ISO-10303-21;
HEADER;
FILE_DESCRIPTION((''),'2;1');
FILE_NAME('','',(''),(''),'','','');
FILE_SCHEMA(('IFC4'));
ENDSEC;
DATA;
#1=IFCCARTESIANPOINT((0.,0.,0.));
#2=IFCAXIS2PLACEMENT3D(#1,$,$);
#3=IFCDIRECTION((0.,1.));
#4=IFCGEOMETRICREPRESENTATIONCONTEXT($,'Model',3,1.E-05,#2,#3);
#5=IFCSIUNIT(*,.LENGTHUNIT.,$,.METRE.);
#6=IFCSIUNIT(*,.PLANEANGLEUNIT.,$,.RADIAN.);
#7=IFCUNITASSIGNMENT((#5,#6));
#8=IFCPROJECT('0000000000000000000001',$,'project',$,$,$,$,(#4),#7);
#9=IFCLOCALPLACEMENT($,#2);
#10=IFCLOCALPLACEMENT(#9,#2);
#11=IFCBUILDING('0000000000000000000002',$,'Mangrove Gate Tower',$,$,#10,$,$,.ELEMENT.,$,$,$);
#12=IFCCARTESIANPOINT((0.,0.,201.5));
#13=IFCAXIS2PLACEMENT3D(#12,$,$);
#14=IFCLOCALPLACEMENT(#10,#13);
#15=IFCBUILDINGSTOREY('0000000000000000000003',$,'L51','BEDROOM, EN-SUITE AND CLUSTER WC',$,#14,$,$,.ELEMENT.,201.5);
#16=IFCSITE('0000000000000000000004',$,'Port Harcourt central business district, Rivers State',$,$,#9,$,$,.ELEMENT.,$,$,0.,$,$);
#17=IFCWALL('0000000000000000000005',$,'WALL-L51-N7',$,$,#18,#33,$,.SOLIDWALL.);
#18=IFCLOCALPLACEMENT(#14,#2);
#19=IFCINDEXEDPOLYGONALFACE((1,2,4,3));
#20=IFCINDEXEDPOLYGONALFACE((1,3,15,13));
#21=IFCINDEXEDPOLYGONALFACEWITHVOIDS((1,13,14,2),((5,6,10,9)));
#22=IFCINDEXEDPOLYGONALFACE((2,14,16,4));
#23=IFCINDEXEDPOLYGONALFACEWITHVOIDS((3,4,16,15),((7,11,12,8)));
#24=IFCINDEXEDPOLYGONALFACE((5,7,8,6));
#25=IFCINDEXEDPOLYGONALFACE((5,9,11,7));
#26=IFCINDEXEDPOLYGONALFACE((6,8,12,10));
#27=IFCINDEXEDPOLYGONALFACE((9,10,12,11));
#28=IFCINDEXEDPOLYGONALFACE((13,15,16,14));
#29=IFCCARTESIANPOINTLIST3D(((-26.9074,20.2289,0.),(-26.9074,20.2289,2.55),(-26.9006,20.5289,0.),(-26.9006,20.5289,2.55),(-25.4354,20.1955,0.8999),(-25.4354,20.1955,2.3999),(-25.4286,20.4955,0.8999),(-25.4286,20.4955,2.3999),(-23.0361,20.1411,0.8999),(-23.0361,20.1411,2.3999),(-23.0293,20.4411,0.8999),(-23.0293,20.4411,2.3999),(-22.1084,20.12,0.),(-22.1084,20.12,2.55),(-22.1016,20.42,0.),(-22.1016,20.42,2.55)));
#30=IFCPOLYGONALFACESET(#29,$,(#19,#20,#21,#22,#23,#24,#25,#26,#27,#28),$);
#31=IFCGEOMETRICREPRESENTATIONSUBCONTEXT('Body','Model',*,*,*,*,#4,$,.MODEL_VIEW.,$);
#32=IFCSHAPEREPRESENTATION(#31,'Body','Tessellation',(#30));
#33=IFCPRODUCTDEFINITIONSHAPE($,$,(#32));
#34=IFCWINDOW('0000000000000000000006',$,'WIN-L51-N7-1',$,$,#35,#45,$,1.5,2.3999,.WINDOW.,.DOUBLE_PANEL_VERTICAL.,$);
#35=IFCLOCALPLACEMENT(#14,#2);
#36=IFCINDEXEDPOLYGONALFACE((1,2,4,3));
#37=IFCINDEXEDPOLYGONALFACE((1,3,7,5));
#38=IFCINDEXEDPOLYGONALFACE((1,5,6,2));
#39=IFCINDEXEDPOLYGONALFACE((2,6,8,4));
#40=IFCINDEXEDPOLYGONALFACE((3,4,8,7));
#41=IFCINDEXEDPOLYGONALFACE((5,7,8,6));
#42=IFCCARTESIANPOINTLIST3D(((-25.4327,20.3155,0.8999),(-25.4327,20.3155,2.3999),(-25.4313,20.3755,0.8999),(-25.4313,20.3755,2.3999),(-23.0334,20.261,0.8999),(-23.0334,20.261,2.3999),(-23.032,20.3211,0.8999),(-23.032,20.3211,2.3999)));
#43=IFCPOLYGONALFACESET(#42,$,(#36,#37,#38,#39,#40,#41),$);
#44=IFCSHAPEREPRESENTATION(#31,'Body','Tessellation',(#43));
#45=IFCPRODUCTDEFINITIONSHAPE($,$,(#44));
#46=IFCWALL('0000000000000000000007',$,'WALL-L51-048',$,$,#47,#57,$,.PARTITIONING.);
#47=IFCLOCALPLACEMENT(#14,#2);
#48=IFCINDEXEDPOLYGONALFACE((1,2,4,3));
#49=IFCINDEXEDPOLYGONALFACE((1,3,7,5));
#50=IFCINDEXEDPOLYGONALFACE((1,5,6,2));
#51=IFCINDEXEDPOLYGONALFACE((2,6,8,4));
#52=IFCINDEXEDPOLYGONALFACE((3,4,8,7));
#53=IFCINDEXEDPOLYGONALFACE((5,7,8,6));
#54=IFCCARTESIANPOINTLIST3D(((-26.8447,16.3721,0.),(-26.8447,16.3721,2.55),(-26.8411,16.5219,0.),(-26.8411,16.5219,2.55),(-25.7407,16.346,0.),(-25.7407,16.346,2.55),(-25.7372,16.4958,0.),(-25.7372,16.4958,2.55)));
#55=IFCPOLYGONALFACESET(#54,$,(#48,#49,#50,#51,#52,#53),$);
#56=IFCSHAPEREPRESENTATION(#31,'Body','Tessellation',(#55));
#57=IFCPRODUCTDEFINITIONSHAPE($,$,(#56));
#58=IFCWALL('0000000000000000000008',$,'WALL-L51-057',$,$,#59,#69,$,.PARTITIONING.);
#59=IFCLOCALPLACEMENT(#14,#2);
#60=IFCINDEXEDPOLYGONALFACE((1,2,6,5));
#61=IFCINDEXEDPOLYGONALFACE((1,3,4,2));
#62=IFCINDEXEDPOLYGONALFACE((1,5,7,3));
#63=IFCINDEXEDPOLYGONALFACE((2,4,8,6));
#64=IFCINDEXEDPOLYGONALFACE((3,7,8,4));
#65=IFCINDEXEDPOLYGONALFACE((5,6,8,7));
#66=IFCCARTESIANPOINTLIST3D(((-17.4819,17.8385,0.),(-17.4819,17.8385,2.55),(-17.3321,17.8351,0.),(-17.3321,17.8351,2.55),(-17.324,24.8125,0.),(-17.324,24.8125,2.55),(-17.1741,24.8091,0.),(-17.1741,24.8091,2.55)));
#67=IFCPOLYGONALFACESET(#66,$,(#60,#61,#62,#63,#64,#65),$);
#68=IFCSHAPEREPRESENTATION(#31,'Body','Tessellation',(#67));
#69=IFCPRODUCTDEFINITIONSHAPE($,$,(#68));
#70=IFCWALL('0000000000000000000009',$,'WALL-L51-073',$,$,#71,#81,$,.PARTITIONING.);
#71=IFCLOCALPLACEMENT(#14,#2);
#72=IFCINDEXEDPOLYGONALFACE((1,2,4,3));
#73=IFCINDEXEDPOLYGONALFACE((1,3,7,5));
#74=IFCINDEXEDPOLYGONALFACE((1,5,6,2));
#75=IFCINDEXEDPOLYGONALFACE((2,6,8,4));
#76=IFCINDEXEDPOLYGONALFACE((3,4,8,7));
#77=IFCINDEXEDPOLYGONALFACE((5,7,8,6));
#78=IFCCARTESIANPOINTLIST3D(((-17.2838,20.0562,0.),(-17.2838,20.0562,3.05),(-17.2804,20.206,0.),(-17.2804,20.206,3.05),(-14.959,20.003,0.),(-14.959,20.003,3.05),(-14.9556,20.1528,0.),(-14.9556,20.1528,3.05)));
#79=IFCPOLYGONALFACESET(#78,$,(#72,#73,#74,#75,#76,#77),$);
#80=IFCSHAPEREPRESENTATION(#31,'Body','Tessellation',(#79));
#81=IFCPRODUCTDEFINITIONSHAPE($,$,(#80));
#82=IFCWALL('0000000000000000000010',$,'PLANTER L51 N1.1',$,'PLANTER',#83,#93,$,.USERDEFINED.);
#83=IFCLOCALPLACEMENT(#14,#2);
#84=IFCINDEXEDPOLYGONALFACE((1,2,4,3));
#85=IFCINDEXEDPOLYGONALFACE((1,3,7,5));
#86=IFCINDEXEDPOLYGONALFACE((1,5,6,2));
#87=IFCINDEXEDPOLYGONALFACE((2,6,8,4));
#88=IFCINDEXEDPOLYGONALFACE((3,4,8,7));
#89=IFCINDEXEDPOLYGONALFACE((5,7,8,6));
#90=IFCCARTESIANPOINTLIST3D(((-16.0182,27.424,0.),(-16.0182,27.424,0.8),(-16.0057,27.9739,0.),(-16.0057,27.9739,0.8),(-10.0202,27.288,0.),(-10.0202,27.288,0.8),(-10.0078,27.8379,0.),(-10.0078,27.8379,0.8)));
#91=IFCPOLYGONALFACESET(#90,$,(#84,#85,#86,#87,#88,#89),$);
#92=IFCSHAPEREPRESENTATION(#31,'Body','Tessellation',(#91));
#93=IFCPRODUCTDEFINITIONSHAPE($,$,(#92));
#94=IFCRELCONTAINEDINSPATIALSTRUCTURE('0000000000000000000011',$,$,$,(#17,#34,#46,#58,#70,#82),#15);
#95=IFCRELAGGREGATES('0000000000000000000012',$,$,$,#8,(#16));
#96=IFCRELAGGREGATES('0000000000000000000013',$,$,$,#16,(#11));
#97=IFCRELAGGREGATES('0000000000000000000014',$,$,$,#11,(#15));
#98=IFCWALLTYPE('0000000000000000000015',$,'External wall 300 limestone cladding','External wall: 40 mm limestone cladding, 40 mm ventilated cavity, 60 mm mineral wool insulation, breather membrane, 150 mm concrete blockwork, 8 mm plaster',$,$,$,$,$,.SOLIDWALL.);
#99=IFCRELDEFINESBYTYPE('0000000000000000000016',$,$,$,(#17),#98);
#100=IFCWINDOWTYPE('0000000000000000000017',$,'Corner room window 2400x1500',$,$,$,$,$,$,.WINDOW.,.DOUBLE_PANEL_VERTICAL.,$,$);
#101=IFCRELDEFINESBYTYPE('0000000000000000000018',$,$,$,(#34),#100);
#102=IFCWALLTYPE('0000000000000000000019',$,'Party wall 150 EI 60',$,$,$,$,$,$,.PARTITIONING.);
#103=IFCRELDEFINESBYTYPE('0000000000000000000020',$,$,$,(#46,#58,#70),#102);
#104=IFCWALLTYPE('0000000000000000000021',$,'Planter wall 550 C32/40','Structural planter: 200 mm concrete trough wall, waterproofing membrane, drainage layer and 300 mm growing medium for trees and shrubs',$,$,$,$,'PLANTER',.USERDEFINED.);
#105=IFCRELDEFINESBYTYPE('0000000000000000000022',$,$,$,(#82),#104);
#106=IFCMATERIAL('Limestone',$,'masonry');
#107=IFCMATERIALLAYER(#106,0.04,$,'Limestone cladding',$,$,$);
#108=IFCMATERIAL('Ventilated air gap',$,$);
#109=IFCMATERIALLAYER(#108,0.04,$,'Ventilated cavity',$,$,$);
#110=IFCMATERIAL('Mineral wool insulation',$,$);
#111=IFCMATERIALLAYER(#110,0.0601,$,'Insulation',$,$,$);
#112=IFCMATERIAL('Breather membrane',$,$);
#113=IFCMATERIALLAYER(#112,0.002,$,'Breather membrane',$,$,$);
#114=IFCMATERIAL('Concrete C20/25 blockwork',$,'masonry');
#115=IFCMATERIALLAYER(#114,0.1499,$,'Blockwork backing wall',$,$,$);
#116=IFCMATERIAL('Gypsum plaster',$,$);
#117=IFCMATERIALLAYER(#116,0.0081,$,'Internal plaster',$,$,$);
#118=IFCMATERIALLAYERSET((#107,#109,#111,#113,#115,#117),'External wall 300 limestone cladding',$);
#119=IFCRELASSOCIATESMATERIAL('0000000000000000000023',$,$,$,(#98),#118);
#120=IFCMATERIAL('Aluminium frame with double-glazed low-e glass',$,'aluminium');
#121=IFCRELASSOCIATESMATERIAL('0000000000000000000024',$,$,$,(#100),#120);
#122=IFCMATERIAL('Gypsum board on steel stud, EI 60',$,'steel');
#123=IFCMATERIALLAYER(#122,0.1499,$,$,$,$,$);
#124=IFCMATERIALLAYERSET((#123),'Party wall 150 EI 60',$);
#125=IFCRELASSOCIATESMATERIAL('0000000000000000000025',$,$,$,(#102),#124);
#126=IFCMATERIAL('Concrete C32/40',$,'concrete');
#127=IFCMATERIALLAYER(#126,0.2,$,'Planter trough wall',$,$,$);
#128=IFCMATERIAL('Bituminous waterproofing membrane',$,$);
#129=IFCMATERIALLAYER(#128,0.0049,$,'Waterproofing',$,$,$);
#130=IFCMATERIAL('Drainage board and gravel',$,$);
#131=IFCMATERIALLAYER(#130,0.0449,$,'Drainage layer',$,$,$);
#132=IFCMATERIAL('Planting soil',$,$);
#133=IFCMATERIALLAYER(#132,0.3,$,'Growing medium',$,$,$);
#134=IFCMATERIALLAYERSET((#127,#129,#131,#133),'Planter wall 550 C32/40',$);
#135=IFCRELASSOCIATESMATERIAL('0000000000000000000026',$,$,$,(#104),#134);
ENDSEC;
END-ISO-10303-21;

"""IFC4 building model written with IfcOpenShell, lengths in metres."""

from ifc_helpers import new_model, si_unit, direction, frame, frame_2d, origin, place, context, subcontext, project, spatial, rectangle, extrude, material, layer, layer_set, type_object, element, fill, save


model = new_model("IFC4")

# Units and contexts
model_context = context("Model", 3, precision=1e-05, world=origin(), true_north=direction((0.0, 1.0)))
body_context = subcontext(model_context, "Body", "Model", "MODEL_VIEW")
ifc_project = project(units=[si_unit("LENGTHUNIT", "METRE"), si_unit("PLANEANGLEUNIT", "RADIAN")], contexts=[model_context])

# Site, building, storey
site_placement = place(None, origin())
site = spatial("IfcSite", under=ifc_project, at=site_placement, Name="Port Harcourt central business district, Rivers State", CompositionType="ELEMENT", RefElevation=0.0)
building_placement = place(site_placement, origin())
building = spatial("IfcBuilding", under=site, at=building_placement, Name="Mangrove Gate Tower", CompositionType="ELEMENT")
storey_placement = place(building_placement, frame((0.0, 0.0, 201.5)))
storey = spatial("IfcBuildingStorey", under=building, at=storey_placement, Name="L51", Description="BEDROOM, EN-SUITE AND CLUSTER WC", CompositionType="ELEMENT", Elevation=201.5)

# Wall, opening, window
ifc_material_1 = material(Name="Limestone", Category="masonry")
ifc_layer_1 = layer(ifc_material_1, 0.04, Name="Limestone cladding")
ifc_material_2 = material(Name="Ventilated air gap")
ifc_layer_2 = layer(ifc_material_2, 0.04, Name="Ventilated cavity")
ifc_material_3 = material(Name="Mineral wool insulation")
ifc_layer_3 = layer(ifc_material_3, 0.0601, Name="Insulation")
ifc_material_4 = material(Name="Breather membrane")
ifc_layer_4 = layer(ifc_material_4, 0.002, Name="Breather membrane")
ifc_material_5 = material(Name="Concrete C20/25 blockwork", Category="masonry")
ifc_layer_5 = layer(ifc_material_5, 0.1499, Name="Blockwork backing wall")
ifc_material_6 = material(Name="Gypsum plaster")
ifc_layer_6 = layer(ifc_material_6, 0.0081, Name="Internal plaster")
ifc_layer_set_1 = layer_set([ifc_layer_1, ifc_layer_2, ifc_layer_3, ifc_layer_4, ifc_layer_5, ifc_layer_6], Name="External wall 300 limestone cladding")
wall_type_1 = type_object("IfcWallType", Name="External wall 300 limestone cladding", Description="External wall: 40 mm limestone cladding, 40 mm ventilated cavity, 60 mm mineral wool insulation, breather membrane, 150 mm concrete blockwork, 8 mm plaster", PredefinedType="SOLIDWALL", material=ifc_layer_set_1)
ifc_material_7 = material(Name="Aluminium frame with double-glazed low-e glass", Category="aluminium")
window_type = type_object("IfcWindowType", Name="Corner room window 2400x1500", PartitioningType="DOUBLE_PANEL_VERTICAL", PredefinedType="WINDOW", material=ifc_material_7)
wall_1_placement = place(storey_placement, frame((-22.105, 20.27, 0.0), z_axis=(0.0, 0.0, 1.0), x_axis=(-0.999743, 0.022683, 0.0)))
wall_1 = element("IfcWall", 1, at=wall_1_placement, inside=storey, type_object=wall_type_1, Name="WALL-L51-N7", PredefinedType="SOLIDWALL", context=body_context, shape_type="SweptSolid", body=[
    extrude(rectangle(XDim=4.8003, YDim=0.3, at=frame_2d((2.4001, 0.0))), origin(), (0.0, 0.0, 1.0), 2.55),
])
opening_1_placement = place(wall_1_placement, frame((0.928, 0.0, 0.8999)))
opening_1 = element("IfcOpeningElement", 2, at=opening_1_placement, cuts=wall_1, PredefinedType="OPENING", context=body_context, shape_type="SweptSolid", body=[
    extrude(rectangle(XDim=2.3999, YDim=1.5, at=frame_2d((1.2, 0.75))), frame((0.0, 0.1599, 0.0), z_axis=(0.0, -1.0, 0.0), x_axis=(1.0, 0.0, 0.0)), (0.0, 0.0, 1.0), 0.3201),
])
window_1_placement = place(opening_1_placement, origin())
window_1 = element("IfcWindow", 3, at=window_1_placement, inside=storey, type_object=window_type, Name="WIN-L51-N7-1", OverallHeight=1.5, OverallWidth=2.3999, PartitioningType="DOUBLE_PANEL_VERTICAL", PredefinedType="WINDOW", context=body_context, shape_type="SweptSolid", body=[
    extrude(rectangle(XDim=2.3999, YDim=1.5, at=frame_2d((1.2, 0.75))), frame((0.0, 0.03, 0.0), z_axis=(0.0, -1.0, 0.0), x_axis=(1.0, 0.0, 0.0)), (0.0, 0.0, 1.0), 0.0601),
])
fill(opening_1, window_1)

# Walls
ifc_material_8 = material(Name="Gypsum board on steel stud, EI 60", Category="steel")
ifc_layer_7 = layer(ifc_material_8, 0.1499)
ifc_layer_set_2 = layer_set([ifc_layer_7], Name="Party wall 150 EI 60")
wall_type_2 = type_object("IfcWallType", Name="Party wall 150 EI 60", PredefinedType="PARTITIONING", material=ifc_layer_set_2)
wall_2_placement = place(storey_placement, frame((-26.843, 16.447, 0.0), z_axis=(0.0, 0.0, 1.0), x_axis=(0.99972, -0.023655, 0.0)))
element("IfcWall", 4, at=wall_2_placement, inside=storey, type_object=wall_type_2, Name="WALL-L51-048", PredefinedType="PARTITIONING", context=body_context, shape_type="SweptSolid", body=[
    extrude(rectangle(XDim=1.1042, YDim=0.1499, at=frame_2d((0.5522, 0.0))), origin(), (0.0, 0.0, 1.0), 2.55),
])
wall_3_placement = place(storey_placement, frame((-17.407, 17.8369, 0.0), z_axis=(0.0, 0.0, 1.0), x_axis=(0.022643, 0.999744, 0.0)))
element("IfcWall", 5, at=wall_3_placement, inside=storey, type_object=wall_type_2, Name="WALL-L51-057", PredefinedType="PARTITIONING", context=body_context, shape_type="SweptSolid", body=[
    extrude(rectangle(XDim=6.9758, YDim=0.1499, at=frame_2d((3.4878, 0.0))), origin(), (0.0, 0.0, 1.0), 2.55),
])
wall_4_placement = place(storey_placement, frame((-17.282, 20.1311, 0.0), z_axis=(0.0, 0.0, 1.0), x_axis=(0.999738, -0.022886, 0.0)))
element("IfcWall", 6, at=wall_4_placement, inside=storey, type_object=wall_type_2, Name="WALL-L51-073", PredefinedType="PARTITIONING", context=body_context, shape_type="SweptSolid", body=[
    extrude(rectangle(XDim=2.3254, YDim=0.1499, at=frame_2d((1.1626, 0.0))), origin(), (0.0, 0.0, 1.0), 3.05),
])
ifc_material_9 = material(Name="Concrete C32/40", Category="concrete")
ifc_layer_8 = layer(ifc_material_9, 0.2, Name="Planter trough wall")
ifc_material_10 = material(Name="Bituminous waterproofing membrane")
ifc_layer_9 = layer(ifc_material_10, 0.0049, Name="Waterproofing")
ifc_material_11 = material(Name="Drainage board and gravel")
ifc_layer_10 = layer(ifc_material_11, 0.0449, Name="Drainage layer")
ifc_material_12 = material(Name="Planting soil")
ifc_layer_11 = layer(ifc_material_12, 0.3, Name="Growing medium")
ifc_layer_set_3 = layer_set([ifc_layer_8, ifc_layer_9, ifc_layer_10, ifc_layer_11], Name="Planter wall 550 C32/40")
wall_type_3 = type_object("IfcWallType", Name="Planter wall 550 C32/40", Description="Structural planter: 200 mm concrete trough wall, waterproofing membrane, drainage layer and 300 mm growing medium for trees and shrubs", ElementType="PLANTER", PredefinedType="USERDEFINED", material=ifc_layer_set_3)
wall_5_placement = place(storey_placement, frame((-16.012, 27.699, 0.0), z_axis=(0.0, 0.0, 1.0), x_axis=(0.999743, -0.022666, 0.0)))
element("IfcWall", 7, at=wall_5_placement, inside=storey, type_object=wall_type_3, Name="PLANTER L51 N1.1", ObjectType="PLANTER", PredefinedType="USERDEFINED", context=body_context, shape_type="SweptSolid", body=[
    extrude(rectangle(XDim=5.9995, YDim=0.55, at=frame_2d((2.9998, 0.0))), origin(), (0.0, 0.0, 1.0), 0.8),
])

save(model, "model.ifc")
